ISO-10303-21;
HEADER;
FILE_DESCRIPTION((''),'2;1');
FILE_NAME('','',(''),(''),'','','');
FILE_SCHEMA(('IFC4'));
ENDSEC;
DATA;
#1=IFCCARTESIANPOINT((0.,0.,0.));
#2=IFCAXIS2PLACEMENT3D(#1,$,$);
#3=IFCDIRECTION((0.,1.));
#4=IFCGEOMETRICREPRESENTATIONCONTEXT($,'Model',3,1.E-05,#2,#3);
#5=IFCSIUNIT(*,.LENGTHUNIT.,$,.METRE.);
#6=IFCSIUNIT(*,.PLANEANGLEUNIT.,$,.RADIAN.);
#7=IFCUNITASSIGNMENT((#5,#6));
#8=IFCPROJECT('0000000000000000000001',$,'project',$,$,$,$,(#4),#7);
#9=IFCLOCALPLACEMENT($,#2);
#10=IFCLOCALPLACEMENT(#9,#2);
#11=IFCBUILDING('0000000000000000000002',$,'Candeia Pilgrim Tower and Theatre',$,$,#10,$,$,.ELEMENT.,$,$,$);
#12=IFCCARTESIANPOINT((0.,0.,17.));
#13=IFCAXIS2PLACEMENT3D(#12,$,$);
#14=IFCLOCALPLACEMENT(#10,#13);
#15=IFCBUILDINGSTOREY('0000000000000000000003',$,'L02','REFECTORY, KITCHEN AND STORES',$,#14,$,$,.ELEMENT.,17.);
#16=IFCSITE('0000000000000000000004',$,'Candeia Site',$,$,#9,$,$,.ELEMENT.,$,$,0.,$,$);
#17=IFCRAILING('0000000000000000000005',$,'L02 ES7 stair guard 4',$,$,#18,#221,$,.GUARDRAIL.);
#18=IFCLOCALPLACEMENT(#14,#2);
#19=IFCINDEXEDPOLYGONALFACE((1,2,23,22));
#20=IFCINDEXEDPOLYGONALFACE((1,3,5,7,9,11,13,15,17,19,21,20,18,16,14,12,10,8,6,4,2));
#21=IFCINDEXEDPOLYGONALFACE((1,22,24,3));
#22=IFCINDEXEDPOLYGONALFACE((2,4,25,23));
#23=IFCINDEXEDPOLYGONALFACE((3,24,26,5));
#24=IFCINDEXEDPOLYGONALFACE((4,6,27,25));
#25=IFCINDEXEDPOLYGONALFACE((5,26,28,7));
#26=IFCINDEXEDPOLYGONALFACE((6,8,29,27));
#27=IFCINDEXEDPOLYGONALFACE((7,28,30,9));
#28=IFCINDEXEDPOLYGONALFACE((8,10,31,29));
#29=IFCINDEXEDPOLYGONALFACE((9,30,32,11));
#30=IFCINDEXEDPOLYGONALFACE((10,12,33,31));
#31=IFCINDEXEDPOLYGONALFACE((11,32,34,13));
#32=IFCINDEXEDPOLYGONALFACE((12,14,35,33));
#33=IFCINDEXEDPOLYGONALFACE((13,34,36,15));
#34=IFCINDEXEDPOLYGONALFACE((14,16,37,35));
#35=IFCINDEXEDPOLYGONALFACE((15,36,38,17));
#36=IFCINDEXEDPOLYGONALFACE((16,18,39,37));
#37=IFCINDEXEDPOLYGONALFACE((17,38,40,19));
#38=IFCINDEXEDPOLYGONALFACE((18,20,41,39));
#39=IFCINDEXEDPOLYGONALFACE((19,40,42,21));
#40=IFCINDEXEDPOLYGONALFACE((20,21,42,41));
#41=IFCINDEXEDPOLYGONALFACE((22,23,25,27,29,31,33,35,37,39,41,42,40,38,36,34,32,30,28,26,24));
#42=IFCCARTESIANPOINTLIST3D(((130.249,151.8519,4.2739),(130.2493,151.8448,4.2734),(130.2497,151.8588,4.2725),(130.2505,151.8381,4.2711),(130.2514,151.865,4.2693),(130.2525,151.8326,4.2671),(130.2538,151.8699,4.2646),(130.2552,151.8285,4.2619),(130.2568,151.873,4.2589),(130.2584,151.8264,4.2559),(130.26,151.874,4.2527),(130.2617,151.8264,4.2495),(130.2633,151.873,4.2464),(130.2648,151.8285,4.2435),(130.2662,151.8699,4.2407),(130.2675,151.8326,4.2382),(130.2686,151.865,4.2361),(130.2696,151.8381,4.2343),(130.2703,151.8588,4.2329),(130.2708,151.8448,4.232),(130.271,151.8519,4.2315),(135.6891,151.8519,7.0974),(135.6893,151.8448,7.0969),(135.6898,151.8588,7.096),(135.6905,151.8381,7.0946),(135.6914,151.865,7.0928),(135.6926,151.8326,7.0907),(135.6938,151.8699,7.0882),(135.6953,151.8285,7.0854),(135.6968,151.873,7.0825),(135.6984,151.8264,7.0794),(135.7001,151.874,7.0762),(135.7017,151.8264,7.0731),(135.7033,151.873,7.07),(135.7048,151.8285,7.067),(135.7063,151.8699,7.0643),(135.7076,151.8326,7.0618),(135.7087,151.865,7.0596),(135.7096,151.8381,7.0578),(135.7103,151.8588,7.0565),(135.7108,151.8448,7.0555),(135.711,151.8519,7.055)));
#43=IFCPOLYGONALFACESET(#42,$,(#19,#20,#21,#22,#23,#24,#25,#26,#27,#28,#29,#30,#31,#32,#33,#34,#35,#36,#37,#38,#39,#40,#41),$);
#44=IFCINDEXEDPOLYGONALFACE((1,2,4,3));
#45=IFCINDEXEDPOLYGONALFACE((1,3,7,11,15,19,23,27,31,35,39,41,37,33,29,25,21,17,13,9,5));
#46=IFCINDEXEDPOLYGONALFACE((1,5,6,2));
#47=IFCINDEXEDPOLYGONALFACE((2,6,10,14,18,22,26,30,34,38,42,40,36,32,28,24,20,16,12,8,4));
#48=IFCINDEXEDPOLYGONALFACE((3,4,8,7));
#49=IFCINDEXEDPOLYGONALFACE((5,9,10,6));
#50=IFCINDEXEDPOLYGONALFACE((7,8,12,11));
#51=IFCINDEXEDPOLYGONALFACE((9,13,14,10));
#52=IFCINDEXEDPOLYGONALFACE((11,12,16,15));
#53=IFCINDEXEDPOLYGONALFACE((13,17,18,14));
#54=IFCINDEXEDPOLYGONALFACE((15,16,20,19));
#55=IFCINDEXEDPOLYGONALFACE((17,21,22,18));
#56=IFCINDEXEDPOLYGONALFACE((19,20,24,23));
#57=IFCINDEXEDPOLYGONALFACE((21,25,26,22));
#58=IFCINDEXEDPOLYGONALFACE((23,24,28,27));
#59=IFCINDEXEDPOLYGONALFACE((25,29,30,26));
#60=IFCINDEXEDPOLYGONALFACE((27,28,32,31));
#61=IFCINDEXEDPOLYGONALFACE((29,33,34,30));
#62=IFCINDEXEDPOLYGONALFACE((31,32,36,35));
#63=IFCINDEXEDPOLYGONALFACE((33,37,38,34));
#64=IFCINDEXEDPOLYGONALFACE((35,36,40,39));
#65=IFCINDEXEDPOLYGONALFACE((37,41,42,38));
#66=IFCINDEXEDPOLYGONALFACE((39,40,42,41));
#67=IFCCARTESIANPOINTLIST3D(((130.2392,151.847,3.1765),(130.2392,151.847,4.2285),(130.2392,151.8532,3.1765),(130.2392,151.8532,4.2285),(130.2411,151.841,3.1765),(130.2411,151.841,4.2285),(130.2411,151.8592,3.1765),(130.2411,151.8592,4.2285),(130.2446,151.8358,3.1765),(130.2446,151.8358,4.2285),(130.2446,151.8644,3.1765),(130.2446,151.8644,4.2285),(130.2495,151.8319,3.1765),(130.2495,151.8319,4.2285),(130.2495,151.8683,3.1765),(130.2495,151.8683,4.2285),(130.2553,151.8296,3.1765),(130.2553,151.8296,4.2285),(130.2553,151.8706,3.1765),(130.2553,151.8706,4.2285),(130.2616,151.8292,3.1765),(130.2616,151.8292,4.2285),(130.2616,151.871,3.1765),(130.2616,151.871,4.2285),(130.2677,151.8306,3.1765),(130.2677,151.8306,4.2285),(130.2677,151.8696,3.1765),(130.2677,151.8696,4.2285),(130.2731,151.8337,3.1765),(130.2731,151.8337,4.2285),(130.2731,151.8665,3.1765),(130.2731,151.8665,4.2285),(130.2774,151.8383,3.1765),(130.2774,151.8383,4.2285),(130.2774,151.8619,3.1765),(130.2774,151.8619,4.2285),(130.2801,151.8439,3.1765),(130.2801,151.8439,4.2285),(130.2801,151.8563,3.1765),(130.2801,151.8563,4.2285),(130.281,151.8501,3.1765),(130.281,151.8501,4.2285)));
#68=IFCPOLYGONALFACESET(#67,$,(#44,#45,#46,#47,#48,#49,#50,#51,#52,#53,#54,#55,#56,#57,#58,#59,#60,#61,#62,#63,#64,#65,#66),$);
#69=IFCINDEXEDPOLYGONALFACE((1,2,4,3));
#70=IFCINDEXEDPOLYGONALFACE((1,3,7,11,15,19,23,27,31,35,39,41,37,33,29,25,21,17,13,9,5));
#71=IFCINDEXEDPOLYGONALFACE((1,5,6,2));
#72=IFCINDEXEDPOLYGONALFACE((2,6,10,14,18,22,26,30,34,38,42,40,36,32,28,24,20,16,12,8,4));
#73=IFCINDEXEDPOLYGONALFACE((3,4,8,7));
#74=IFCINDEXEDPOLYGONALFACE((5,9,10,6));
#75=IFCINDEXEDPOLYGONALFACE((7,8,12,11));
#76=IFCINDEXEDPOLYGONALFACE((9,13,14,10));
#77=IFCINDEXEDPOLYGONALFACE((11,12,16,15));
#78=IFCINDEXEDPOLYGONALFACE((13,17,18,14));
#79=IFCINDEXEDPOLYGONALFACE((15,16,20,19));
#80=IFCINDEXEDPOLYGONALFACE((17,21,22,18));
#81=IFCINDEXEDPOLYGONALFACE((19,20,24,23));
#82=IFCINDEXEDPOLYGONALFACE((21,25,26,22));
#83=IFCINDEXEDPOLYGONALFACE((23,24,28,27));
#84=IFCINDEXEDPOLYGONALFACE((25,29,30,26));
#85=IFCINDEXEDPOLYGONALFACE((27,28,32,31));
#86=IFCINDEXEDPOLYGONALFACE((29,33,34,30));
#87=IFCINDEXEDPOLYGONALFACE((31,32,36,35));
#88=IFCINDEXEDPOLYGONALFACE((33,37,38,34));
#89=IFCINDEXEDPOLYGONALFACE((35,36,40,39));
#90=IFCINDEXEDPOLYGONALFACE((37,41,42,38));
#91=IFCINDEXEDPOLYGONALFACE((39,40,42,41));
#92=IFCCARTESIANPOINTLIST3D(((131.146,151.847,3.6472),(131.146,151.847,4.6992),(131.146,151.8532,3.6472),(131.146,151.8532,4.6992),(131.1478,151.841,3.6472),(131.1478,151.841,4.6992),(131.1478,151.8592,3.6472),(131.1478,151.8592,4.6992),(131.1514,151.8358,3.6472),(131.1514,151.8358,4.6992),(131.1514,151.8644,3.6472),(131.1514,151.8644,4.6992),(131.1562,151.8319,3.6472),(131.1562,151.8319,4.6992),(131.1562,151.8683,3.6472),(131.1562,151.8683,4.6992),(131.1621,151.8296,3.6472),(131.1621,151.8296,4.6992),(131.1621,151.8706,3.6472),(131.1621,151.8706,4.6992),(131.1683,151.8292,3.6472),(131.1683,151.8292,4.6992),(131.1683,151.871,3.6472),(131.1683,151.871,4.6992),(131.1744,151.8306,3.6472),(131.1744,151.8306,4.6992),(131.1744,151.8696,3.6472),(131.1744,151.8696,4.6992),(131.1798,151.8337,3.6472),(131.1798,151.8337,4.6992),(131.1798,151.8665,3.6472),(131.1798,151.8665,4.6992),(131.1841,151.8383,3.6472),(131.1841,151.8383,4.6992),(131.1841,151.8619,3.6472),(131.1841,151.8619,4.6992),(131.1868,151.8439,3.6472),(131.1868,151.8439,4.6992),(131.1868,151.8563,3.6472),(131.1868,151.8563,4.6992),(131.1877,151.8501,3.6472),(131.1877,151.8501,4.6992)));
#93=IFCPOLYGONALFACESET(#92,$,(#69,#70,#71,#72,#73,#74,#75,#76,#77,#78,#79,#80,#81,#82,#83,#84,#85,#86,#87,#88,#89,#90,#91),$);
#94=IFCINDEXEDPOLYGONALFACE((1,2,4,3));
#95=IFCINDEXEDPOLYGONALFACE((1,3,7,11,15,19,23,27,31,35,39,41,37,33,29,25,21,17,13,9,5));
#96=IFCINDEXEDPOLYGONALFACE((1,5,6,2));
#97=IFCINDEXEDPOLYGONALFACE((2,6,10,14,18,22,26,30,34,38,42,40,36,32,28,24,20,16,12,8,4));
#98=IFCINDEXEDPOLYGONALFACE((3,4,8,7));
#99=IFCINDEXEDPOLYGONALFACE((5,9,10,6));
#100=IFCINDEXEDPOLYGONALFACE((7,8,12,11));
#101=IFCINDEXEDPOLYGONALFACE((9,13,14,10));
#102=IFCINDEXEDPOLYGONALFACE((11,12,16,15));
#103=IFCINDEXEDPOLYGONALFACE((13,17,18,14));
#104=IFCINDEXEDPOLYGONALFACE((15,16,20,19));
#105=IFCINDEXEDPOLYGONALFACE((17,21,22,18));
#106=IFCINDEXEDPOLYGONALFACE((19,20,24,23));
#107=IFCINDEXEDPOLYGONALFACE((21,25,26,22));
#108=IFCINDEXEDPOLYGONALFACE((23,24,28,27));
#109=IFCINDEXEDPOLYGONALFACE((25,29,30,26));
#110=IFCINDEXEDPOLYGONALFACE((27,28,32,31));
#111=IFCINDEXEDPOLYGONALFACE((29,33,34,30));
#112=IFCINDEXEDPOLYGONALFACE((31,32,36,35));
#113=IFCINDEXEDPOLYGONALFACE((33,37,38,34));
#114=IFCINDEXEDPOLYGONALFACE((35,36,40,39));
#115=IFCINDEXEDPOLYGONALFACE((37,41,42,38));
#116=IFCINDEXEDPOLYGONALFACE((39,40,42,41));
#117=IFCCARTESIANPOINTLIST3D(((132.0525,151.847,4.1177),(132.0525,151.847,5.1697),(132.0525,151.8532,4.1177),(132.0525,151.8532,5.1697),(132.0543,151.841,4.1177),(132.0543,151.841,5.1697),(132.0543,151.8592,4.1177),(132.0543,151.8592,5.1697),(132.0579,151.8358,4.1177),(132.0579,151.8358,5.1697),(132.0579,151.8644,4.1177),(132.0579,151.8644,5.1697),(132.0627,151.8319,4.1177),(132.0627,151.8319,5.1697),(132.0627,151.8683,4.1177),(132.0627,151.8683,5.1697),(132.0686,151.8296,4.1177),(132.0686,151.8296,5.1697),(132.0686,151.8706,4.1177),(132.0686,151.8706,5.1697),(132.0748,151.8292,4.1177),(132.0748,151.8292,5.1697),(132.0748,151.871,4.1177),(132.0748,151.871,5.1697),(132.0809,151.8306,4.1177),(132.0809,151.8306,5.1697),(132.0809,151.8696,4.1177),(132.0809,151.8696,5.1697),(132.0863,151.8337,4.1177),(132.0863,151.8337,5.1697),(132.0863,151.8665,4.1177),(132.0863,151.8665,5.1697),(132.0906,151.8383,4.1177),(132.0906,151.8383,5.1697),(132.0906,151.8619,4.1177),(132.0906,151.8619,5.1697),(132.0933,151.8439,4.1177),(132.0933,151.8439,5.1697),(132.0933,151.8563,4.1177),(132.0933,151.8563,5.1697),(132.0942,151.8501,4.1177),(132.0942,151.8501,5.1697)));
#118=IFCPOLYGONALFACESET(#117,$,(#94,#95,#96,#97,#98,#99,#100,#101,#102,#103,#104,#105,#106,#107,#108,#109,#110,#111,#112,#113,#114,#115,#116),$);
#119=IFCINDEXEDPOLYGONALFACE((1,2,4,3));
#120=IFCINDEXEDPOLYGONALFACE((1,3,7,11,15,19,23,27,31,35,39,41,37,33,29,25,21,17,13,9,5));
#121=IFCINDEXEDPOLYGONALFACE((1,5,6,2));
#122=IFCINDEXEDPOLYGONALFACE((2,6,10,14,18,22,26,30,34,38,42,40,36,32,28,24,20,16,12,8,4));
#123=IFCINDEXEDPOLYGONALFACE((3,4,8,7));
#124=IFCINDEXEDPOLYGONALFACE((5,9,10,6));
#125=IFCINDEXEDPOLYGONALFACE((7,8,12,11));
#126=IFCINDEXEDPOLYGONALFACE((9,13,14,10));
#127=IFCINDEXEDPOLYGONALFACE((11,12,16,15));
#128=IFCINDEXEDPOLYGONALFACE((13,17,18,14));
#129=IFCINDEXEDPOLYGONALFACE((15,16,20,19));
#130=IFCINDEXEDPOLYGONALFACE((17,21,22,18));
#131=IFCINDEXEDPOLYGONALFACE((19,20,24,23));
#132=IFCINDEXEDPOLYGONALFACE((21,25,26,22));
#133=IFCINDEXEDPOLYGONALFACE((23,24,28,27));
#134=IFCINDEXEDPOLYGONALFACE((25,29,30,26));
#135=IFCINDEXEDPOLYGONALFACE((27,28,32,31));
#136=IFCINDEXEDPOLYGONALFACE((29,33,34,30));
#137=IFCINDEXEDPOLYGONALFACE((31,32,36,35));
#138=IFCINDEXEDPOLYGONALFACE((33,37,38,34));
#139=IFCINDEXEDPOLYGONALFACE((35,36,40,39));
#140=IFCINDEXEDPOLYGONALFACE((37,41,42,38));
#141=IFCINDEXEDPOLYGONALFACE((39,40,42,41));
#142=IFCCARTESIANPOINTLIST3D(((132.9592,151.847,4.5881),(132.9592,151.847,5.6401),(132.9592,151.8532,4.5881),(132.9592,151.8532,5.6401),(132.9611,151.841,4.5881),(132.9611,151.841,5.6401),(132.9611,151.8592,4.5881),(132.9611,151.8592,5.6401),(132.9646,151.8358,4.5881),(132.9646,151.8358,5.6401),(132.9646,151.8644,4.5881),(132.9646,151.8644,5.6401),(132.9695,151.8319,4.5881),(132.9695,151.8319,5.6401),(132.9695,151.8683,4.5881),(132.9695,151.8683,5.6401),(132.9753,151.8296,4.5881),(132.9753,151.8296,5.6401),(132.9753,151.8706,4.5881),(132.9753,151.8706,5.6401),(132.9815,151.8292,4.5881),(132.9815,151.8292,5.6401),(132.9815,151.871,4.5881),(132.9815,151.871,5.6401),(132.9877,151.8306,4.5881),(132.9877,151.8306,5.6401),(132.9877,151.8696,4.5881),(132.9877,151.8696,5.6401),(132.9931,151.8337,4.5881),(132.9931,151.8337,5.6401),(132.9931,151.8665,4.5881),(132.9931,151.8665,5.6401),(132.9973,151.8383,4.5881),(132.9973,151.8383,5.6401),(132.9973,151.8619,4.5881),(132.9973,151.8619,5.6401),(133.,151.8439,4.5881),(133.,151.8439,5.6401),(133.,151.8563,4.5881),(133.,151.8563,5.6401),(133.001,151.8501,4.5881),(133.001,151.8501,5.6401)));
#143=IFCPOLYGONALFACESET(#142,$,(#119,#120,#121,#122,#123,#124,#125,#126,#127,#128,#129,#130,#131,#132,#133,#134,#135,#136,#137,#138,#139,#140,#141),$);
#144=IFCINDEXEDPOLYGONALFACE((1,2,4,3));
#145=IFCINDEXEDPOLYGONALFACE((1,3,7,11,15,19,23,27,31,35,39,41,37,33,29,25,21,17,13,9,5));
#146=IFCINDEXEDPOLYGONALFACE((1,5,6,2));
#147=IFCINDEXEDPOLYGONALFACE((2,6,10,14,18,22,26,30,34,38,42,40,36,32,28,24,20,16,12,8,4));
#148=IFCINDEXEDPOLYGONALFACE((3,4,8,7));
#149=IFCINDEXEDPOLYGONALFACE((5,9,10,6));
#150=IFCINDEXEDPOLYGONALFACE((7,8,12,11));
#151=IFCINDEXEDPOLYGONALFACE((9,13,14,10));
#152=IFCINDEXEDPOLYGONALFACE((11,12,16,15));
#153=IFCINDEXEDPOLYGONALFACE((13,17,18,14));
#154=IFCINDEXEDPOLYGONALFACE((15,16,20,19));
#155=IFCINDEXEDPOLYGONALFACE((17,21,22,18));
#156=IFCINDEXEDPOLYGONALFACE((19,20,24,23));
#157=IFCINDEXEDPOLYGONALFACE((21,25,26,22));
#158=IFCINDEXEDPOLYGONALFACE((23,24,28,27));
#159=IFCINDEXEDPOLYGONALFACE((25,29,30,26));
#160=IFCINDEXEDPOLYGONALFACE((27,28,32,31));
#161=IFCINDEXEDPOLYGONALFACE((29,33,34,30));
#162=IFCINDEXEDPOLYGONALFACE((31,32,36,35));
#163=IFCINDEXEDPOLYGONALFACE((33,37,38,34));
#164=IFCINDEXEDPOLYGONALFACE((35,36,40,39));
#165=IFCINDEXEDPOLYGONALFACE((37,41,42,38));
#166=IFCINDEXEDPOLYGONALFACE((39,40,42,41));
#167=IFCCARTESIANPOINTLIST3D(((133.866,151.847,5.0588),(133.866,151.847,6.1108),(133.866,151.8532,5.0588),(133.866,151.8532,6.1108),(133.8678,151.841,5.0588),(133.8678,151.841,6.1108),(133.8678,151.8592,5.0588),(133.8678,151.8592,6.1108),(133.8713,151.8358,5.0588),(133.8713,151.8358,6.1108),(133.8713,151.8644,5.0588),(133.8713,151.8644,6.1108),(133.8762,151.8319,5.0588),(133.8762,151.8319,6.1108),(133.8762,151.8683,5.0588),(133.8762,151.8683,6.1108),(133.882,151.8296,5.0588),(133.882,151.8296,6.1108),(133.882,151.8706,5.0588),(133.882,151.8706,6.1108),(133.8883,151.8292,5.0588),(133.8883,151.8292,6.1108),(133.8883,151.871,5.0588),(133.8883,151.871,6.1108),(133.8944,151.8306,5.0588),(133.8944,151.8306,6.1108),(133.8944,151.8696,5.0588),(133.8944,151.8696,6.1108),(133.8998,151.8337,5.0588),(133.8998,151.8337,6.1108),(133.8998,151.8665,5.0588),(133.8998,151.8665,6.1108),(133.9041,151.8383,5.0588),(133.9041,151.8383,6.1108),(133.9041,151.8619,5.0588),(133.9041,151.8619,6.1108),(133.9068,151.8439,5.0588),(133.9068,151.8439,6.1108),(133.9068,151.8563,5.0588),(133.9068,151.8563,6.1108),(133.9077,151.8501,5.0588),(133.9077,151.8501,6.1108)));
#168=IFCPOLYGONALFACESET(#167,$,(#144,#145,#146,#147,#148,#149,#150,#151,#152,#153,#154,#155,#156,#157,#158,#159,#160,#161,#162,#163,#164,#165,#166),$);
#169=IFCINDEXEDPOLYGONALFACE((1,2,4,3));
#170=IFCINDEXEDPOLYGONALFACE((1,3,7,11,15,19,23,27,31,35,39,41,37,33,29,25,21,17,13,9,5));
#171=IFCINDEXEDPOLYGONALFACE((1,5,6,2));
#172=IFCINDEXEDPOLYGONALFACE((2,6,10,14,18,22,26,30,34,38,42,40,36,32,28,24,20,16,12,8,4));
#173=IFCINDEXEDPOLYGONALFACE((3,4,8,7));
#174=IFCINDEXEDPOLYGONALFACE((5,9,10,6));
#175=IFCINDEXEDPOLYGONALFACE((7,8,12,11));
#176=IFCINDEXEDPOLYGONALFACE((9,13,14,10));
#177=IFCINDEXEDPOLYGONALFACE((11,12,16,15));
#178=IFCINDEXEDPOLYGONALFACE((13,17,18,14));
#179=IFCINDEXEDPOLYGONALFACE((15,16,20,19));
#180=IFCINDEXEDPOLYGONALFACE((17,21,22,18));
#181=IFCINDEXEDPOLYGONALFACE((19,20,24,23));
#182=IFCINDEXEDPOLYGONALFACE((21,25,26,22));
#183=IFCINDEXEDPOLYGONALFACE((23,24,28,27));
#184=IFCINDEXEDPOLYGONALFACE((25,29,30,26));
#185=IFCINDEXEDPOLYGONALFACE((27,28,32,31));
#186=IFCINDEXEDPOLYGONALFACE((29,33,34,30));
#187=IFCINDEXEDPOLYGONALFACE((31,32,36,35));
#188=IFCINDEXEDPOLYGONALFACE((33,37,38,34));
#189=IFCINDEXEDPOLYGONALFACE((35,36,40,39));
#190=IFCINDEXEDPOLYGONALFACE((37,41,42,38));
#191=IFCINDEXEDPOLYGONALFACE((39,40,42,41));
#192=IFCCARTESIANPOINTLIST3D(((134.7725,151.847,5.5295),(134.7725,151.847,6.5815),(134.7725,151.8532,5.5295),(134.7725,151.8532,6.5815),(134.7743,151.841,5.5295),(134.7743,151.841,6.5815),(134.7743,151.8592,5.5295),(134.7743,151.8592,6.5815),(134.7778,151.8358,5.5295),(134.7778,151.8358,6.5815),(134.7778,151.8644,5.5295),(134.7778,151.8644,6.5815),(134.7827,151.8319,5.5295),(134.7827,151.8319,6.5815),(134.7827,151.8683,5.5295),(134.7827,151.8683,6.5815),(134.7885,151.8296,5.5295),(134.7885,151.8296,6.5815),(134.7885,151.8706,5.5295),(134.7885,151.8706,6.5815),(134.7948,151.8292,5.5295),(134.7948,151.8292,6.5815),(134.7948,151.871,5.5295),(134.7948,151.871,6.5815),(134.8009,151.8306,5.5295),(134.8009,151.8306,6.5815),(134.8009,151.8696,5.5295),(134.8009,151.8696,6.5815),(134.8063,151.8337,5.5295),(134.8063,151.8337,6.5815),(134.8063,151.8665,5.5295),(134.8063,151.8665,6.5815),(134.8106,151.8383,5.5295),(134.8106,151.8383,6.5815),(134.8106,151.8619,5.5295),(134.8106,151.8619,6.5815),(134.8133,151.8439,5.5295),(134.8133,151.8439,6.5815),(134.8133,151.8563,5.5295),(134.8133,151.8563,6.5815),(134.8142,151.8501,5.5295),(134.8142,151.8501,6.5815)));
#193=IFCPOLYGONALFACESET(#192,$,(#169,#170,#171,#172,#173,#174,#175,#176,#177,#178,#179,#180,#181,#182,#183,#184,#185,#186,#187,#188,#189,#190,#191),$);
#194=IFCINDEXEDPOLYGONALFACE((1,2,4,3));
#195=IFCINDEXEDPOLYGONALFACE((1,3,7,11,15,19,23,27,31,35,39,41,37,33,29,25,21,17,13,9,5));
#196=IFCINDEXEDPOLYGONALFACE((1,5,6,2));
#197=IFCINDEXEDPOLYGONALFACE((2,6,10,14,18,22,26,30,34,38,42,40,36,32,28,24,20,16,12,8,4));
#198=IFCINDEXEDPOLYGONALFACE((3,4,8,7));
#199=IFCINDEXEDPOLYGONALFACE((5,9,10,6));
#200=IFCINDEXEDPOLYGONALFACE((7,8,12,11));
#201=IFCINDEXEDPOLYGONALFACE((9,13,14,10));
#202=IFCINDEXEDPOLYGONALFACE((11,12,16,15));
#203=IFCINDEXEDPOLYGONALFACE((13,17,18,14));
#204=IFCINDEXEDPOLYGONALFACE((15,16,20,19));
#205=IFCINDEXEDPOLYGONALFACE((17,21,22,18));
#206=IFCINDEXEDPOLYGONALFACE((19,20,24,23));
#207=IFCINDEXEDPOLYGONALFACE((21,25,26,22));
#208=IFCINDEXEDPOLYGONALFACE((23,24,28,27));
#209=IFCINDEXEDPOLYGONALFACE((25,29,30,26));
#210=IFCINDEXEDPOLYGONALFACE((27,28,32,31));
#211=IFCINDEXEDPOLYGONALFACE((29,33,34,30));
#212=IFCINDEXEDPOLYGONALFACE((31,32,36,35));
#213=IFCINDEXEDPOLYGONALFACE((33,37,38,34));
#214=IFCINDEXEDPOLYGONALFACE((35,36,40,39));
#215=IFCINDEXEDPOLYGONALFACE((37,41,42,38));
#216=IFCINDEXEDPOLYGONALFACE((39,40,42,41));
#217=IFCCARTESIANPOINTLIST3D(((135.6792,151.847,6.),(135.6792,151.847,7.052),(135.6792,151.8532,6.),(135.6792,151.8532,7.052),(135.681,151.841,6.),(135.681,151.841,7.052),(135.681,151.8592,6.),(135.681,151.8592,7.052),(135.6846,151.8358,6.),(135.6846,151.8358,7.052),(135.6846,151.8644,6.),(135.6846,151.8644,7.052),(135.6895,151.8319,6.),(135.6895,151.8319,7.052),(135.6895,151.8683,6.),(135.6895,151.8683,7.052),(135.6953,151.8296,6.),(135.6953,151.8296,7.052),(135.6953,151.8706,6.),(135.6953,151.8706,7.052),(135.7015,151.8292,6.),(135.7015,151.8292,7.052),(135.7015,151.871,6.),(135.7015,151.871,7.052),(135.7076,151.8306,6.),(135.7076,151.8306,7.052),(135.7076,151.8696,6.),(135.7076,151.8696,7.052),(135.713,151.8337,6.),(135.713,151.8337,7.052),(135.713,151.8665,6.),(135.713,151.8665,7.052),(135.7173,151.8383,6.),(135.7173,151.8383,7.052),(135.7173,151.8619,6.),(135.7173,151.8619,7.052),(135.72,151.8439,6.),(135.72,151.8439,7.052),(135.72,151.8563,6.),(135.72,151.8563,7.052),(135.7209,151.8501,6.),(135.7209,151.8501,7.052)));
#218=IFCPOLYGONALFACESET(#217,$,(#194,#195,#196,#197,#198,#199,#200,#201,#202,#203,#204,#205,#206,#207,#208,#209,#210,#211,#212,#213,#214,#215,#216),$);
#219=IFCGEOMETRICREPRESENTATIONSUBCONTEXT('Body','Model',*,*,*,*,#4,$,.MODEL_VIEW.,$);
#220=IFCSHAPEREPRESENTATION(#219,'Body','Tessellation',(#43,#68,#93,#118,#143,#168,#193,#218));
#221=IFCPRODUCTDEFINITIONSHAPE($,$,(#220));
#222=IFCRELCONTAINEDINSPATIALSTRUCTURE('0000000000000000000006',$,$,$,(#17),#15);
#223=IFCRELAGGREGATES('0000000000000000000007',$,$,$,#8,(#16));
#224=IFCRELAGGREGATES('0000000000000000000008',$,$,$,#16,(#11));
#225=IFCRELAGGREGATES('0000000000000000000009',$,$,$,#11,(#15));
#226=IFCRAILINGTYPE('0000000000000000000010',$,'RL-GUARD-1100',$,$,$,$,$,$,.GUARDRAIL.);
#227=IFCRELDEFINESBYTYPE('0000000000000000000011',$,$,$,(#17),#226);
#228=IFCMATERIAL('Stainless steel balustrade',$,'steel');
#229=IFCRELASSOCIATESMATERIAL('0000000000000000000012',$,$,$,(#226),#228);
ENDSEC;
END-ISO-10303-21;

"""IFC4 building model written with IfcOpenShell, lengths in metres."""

from ifc_helpers import new_model, si_unit, direction, frame, origin, origin_2d, place, context, subcontext, project, spatial, circle, extrude, material, type_object, element, save


model = new_model("IFC4")

# Units and contexts
model_context = context("Model", 3, precision=1e-05, world=origin(), true_north=direction((0.0, 1.0)))
body_context = subcontext(model_context, "Body", "Model", "MODEL_VIEW")
ifc_project = project(units=[si_unit("LENGTHUNIT", "METRE"), si_unit("PLANEANGLEUNIT", "RADIAN")], contexts=[model_context])

# Site, building, storey
site_placement = place(None, origin())
site = spatial("IfcSite", under=ifc_project, at=site_placement, Name="Candeia Site", CompositionType="ELEMENT", RefElevation=0.0)
building_placement = place(site_placement, origin())
building = spatial("IfcBuilding", under=site, at=building_placement, Name="Candeia Pilgrim Tower and Theatre", CompositionType="ELEMENT")
storey_placement = place(building_placement, frame((0.0, 0.0, 17.0)))
storey = spatial("IfcBuildingStorey", under=building, at=storey_placement, Name="L02", Description="REFECTORY, KITCHEN AND STORES", CompositionType="ELEMENT", Elevation=17.0)

# Railing
ifc_material_1 = material(Name="Stainless steel balustrade", Category="steel")
railing_type_1 = type_object("IfcRailingType", Name="RL-GUARD-1100", PredefinedType="GUARDRAIL", material=ifc_material_1)
railing_1_placement = place(storey_placement, frame((130.26, 151.8501, 3.1765)))
element("IfcRailing", 1, at=railing_1_placement, inside=storey, type_object=railing_type_1, Name="L02 ES7 stair guard 4", PredefinedType="GUARDRAIL", context=body_context, shape_type="SweptSolid", body=[
    extrude(circle(Radius=0.0239, at=origin_2d()), frame((0.0, 0.0, 1.0762), z_axis=(0.887569, 0.0, 0.460674), x_axis=(0.0, 1.0, 0.0)), (0.0, 0.0, 1.0), 6.1292),
    extrude(circle(Radius=0.021, at=origin_2d()), origin(), (0.0, 0.0, 1.0), 1.052),
    extrude(circle(Radius=0.021, at=origin_2d()), frame((0.9067, 0.0, 0.4707)), (0.0, 0.0, 1.0), 1.052),
    extrude(circle(Radius=0.021, at=origin_2d()), frame((1.8132, 0.0, 0.9412)), (0.0, 0.0, 1.0), 1.052),
    extrude(circle(Radius=0.021, at=origin_2d()), frame((2.72, 0.0, 1.4116)), (0.0, 0.0, 1.0), 1.052),
    extrude(circle(Radius=0.021, at=origin_2d()), frame((3.6267, 0.0, 1.8823)), (0.0, 0.0, 1.0), 1.052),
    extrude(circle(Radius=0.021, at=origin_2d()), frame((4.5332, 0.0, 2.353)), (0.0, 0.0, 1.0), 1.052),
    extrude(circle(Radius=0.021, at=origin_2d()), frame((5.4399, 0.0, 2.8235)), (0.0, 0.0, 1.0), 1.052),
])

save(model, "model.ifc")
